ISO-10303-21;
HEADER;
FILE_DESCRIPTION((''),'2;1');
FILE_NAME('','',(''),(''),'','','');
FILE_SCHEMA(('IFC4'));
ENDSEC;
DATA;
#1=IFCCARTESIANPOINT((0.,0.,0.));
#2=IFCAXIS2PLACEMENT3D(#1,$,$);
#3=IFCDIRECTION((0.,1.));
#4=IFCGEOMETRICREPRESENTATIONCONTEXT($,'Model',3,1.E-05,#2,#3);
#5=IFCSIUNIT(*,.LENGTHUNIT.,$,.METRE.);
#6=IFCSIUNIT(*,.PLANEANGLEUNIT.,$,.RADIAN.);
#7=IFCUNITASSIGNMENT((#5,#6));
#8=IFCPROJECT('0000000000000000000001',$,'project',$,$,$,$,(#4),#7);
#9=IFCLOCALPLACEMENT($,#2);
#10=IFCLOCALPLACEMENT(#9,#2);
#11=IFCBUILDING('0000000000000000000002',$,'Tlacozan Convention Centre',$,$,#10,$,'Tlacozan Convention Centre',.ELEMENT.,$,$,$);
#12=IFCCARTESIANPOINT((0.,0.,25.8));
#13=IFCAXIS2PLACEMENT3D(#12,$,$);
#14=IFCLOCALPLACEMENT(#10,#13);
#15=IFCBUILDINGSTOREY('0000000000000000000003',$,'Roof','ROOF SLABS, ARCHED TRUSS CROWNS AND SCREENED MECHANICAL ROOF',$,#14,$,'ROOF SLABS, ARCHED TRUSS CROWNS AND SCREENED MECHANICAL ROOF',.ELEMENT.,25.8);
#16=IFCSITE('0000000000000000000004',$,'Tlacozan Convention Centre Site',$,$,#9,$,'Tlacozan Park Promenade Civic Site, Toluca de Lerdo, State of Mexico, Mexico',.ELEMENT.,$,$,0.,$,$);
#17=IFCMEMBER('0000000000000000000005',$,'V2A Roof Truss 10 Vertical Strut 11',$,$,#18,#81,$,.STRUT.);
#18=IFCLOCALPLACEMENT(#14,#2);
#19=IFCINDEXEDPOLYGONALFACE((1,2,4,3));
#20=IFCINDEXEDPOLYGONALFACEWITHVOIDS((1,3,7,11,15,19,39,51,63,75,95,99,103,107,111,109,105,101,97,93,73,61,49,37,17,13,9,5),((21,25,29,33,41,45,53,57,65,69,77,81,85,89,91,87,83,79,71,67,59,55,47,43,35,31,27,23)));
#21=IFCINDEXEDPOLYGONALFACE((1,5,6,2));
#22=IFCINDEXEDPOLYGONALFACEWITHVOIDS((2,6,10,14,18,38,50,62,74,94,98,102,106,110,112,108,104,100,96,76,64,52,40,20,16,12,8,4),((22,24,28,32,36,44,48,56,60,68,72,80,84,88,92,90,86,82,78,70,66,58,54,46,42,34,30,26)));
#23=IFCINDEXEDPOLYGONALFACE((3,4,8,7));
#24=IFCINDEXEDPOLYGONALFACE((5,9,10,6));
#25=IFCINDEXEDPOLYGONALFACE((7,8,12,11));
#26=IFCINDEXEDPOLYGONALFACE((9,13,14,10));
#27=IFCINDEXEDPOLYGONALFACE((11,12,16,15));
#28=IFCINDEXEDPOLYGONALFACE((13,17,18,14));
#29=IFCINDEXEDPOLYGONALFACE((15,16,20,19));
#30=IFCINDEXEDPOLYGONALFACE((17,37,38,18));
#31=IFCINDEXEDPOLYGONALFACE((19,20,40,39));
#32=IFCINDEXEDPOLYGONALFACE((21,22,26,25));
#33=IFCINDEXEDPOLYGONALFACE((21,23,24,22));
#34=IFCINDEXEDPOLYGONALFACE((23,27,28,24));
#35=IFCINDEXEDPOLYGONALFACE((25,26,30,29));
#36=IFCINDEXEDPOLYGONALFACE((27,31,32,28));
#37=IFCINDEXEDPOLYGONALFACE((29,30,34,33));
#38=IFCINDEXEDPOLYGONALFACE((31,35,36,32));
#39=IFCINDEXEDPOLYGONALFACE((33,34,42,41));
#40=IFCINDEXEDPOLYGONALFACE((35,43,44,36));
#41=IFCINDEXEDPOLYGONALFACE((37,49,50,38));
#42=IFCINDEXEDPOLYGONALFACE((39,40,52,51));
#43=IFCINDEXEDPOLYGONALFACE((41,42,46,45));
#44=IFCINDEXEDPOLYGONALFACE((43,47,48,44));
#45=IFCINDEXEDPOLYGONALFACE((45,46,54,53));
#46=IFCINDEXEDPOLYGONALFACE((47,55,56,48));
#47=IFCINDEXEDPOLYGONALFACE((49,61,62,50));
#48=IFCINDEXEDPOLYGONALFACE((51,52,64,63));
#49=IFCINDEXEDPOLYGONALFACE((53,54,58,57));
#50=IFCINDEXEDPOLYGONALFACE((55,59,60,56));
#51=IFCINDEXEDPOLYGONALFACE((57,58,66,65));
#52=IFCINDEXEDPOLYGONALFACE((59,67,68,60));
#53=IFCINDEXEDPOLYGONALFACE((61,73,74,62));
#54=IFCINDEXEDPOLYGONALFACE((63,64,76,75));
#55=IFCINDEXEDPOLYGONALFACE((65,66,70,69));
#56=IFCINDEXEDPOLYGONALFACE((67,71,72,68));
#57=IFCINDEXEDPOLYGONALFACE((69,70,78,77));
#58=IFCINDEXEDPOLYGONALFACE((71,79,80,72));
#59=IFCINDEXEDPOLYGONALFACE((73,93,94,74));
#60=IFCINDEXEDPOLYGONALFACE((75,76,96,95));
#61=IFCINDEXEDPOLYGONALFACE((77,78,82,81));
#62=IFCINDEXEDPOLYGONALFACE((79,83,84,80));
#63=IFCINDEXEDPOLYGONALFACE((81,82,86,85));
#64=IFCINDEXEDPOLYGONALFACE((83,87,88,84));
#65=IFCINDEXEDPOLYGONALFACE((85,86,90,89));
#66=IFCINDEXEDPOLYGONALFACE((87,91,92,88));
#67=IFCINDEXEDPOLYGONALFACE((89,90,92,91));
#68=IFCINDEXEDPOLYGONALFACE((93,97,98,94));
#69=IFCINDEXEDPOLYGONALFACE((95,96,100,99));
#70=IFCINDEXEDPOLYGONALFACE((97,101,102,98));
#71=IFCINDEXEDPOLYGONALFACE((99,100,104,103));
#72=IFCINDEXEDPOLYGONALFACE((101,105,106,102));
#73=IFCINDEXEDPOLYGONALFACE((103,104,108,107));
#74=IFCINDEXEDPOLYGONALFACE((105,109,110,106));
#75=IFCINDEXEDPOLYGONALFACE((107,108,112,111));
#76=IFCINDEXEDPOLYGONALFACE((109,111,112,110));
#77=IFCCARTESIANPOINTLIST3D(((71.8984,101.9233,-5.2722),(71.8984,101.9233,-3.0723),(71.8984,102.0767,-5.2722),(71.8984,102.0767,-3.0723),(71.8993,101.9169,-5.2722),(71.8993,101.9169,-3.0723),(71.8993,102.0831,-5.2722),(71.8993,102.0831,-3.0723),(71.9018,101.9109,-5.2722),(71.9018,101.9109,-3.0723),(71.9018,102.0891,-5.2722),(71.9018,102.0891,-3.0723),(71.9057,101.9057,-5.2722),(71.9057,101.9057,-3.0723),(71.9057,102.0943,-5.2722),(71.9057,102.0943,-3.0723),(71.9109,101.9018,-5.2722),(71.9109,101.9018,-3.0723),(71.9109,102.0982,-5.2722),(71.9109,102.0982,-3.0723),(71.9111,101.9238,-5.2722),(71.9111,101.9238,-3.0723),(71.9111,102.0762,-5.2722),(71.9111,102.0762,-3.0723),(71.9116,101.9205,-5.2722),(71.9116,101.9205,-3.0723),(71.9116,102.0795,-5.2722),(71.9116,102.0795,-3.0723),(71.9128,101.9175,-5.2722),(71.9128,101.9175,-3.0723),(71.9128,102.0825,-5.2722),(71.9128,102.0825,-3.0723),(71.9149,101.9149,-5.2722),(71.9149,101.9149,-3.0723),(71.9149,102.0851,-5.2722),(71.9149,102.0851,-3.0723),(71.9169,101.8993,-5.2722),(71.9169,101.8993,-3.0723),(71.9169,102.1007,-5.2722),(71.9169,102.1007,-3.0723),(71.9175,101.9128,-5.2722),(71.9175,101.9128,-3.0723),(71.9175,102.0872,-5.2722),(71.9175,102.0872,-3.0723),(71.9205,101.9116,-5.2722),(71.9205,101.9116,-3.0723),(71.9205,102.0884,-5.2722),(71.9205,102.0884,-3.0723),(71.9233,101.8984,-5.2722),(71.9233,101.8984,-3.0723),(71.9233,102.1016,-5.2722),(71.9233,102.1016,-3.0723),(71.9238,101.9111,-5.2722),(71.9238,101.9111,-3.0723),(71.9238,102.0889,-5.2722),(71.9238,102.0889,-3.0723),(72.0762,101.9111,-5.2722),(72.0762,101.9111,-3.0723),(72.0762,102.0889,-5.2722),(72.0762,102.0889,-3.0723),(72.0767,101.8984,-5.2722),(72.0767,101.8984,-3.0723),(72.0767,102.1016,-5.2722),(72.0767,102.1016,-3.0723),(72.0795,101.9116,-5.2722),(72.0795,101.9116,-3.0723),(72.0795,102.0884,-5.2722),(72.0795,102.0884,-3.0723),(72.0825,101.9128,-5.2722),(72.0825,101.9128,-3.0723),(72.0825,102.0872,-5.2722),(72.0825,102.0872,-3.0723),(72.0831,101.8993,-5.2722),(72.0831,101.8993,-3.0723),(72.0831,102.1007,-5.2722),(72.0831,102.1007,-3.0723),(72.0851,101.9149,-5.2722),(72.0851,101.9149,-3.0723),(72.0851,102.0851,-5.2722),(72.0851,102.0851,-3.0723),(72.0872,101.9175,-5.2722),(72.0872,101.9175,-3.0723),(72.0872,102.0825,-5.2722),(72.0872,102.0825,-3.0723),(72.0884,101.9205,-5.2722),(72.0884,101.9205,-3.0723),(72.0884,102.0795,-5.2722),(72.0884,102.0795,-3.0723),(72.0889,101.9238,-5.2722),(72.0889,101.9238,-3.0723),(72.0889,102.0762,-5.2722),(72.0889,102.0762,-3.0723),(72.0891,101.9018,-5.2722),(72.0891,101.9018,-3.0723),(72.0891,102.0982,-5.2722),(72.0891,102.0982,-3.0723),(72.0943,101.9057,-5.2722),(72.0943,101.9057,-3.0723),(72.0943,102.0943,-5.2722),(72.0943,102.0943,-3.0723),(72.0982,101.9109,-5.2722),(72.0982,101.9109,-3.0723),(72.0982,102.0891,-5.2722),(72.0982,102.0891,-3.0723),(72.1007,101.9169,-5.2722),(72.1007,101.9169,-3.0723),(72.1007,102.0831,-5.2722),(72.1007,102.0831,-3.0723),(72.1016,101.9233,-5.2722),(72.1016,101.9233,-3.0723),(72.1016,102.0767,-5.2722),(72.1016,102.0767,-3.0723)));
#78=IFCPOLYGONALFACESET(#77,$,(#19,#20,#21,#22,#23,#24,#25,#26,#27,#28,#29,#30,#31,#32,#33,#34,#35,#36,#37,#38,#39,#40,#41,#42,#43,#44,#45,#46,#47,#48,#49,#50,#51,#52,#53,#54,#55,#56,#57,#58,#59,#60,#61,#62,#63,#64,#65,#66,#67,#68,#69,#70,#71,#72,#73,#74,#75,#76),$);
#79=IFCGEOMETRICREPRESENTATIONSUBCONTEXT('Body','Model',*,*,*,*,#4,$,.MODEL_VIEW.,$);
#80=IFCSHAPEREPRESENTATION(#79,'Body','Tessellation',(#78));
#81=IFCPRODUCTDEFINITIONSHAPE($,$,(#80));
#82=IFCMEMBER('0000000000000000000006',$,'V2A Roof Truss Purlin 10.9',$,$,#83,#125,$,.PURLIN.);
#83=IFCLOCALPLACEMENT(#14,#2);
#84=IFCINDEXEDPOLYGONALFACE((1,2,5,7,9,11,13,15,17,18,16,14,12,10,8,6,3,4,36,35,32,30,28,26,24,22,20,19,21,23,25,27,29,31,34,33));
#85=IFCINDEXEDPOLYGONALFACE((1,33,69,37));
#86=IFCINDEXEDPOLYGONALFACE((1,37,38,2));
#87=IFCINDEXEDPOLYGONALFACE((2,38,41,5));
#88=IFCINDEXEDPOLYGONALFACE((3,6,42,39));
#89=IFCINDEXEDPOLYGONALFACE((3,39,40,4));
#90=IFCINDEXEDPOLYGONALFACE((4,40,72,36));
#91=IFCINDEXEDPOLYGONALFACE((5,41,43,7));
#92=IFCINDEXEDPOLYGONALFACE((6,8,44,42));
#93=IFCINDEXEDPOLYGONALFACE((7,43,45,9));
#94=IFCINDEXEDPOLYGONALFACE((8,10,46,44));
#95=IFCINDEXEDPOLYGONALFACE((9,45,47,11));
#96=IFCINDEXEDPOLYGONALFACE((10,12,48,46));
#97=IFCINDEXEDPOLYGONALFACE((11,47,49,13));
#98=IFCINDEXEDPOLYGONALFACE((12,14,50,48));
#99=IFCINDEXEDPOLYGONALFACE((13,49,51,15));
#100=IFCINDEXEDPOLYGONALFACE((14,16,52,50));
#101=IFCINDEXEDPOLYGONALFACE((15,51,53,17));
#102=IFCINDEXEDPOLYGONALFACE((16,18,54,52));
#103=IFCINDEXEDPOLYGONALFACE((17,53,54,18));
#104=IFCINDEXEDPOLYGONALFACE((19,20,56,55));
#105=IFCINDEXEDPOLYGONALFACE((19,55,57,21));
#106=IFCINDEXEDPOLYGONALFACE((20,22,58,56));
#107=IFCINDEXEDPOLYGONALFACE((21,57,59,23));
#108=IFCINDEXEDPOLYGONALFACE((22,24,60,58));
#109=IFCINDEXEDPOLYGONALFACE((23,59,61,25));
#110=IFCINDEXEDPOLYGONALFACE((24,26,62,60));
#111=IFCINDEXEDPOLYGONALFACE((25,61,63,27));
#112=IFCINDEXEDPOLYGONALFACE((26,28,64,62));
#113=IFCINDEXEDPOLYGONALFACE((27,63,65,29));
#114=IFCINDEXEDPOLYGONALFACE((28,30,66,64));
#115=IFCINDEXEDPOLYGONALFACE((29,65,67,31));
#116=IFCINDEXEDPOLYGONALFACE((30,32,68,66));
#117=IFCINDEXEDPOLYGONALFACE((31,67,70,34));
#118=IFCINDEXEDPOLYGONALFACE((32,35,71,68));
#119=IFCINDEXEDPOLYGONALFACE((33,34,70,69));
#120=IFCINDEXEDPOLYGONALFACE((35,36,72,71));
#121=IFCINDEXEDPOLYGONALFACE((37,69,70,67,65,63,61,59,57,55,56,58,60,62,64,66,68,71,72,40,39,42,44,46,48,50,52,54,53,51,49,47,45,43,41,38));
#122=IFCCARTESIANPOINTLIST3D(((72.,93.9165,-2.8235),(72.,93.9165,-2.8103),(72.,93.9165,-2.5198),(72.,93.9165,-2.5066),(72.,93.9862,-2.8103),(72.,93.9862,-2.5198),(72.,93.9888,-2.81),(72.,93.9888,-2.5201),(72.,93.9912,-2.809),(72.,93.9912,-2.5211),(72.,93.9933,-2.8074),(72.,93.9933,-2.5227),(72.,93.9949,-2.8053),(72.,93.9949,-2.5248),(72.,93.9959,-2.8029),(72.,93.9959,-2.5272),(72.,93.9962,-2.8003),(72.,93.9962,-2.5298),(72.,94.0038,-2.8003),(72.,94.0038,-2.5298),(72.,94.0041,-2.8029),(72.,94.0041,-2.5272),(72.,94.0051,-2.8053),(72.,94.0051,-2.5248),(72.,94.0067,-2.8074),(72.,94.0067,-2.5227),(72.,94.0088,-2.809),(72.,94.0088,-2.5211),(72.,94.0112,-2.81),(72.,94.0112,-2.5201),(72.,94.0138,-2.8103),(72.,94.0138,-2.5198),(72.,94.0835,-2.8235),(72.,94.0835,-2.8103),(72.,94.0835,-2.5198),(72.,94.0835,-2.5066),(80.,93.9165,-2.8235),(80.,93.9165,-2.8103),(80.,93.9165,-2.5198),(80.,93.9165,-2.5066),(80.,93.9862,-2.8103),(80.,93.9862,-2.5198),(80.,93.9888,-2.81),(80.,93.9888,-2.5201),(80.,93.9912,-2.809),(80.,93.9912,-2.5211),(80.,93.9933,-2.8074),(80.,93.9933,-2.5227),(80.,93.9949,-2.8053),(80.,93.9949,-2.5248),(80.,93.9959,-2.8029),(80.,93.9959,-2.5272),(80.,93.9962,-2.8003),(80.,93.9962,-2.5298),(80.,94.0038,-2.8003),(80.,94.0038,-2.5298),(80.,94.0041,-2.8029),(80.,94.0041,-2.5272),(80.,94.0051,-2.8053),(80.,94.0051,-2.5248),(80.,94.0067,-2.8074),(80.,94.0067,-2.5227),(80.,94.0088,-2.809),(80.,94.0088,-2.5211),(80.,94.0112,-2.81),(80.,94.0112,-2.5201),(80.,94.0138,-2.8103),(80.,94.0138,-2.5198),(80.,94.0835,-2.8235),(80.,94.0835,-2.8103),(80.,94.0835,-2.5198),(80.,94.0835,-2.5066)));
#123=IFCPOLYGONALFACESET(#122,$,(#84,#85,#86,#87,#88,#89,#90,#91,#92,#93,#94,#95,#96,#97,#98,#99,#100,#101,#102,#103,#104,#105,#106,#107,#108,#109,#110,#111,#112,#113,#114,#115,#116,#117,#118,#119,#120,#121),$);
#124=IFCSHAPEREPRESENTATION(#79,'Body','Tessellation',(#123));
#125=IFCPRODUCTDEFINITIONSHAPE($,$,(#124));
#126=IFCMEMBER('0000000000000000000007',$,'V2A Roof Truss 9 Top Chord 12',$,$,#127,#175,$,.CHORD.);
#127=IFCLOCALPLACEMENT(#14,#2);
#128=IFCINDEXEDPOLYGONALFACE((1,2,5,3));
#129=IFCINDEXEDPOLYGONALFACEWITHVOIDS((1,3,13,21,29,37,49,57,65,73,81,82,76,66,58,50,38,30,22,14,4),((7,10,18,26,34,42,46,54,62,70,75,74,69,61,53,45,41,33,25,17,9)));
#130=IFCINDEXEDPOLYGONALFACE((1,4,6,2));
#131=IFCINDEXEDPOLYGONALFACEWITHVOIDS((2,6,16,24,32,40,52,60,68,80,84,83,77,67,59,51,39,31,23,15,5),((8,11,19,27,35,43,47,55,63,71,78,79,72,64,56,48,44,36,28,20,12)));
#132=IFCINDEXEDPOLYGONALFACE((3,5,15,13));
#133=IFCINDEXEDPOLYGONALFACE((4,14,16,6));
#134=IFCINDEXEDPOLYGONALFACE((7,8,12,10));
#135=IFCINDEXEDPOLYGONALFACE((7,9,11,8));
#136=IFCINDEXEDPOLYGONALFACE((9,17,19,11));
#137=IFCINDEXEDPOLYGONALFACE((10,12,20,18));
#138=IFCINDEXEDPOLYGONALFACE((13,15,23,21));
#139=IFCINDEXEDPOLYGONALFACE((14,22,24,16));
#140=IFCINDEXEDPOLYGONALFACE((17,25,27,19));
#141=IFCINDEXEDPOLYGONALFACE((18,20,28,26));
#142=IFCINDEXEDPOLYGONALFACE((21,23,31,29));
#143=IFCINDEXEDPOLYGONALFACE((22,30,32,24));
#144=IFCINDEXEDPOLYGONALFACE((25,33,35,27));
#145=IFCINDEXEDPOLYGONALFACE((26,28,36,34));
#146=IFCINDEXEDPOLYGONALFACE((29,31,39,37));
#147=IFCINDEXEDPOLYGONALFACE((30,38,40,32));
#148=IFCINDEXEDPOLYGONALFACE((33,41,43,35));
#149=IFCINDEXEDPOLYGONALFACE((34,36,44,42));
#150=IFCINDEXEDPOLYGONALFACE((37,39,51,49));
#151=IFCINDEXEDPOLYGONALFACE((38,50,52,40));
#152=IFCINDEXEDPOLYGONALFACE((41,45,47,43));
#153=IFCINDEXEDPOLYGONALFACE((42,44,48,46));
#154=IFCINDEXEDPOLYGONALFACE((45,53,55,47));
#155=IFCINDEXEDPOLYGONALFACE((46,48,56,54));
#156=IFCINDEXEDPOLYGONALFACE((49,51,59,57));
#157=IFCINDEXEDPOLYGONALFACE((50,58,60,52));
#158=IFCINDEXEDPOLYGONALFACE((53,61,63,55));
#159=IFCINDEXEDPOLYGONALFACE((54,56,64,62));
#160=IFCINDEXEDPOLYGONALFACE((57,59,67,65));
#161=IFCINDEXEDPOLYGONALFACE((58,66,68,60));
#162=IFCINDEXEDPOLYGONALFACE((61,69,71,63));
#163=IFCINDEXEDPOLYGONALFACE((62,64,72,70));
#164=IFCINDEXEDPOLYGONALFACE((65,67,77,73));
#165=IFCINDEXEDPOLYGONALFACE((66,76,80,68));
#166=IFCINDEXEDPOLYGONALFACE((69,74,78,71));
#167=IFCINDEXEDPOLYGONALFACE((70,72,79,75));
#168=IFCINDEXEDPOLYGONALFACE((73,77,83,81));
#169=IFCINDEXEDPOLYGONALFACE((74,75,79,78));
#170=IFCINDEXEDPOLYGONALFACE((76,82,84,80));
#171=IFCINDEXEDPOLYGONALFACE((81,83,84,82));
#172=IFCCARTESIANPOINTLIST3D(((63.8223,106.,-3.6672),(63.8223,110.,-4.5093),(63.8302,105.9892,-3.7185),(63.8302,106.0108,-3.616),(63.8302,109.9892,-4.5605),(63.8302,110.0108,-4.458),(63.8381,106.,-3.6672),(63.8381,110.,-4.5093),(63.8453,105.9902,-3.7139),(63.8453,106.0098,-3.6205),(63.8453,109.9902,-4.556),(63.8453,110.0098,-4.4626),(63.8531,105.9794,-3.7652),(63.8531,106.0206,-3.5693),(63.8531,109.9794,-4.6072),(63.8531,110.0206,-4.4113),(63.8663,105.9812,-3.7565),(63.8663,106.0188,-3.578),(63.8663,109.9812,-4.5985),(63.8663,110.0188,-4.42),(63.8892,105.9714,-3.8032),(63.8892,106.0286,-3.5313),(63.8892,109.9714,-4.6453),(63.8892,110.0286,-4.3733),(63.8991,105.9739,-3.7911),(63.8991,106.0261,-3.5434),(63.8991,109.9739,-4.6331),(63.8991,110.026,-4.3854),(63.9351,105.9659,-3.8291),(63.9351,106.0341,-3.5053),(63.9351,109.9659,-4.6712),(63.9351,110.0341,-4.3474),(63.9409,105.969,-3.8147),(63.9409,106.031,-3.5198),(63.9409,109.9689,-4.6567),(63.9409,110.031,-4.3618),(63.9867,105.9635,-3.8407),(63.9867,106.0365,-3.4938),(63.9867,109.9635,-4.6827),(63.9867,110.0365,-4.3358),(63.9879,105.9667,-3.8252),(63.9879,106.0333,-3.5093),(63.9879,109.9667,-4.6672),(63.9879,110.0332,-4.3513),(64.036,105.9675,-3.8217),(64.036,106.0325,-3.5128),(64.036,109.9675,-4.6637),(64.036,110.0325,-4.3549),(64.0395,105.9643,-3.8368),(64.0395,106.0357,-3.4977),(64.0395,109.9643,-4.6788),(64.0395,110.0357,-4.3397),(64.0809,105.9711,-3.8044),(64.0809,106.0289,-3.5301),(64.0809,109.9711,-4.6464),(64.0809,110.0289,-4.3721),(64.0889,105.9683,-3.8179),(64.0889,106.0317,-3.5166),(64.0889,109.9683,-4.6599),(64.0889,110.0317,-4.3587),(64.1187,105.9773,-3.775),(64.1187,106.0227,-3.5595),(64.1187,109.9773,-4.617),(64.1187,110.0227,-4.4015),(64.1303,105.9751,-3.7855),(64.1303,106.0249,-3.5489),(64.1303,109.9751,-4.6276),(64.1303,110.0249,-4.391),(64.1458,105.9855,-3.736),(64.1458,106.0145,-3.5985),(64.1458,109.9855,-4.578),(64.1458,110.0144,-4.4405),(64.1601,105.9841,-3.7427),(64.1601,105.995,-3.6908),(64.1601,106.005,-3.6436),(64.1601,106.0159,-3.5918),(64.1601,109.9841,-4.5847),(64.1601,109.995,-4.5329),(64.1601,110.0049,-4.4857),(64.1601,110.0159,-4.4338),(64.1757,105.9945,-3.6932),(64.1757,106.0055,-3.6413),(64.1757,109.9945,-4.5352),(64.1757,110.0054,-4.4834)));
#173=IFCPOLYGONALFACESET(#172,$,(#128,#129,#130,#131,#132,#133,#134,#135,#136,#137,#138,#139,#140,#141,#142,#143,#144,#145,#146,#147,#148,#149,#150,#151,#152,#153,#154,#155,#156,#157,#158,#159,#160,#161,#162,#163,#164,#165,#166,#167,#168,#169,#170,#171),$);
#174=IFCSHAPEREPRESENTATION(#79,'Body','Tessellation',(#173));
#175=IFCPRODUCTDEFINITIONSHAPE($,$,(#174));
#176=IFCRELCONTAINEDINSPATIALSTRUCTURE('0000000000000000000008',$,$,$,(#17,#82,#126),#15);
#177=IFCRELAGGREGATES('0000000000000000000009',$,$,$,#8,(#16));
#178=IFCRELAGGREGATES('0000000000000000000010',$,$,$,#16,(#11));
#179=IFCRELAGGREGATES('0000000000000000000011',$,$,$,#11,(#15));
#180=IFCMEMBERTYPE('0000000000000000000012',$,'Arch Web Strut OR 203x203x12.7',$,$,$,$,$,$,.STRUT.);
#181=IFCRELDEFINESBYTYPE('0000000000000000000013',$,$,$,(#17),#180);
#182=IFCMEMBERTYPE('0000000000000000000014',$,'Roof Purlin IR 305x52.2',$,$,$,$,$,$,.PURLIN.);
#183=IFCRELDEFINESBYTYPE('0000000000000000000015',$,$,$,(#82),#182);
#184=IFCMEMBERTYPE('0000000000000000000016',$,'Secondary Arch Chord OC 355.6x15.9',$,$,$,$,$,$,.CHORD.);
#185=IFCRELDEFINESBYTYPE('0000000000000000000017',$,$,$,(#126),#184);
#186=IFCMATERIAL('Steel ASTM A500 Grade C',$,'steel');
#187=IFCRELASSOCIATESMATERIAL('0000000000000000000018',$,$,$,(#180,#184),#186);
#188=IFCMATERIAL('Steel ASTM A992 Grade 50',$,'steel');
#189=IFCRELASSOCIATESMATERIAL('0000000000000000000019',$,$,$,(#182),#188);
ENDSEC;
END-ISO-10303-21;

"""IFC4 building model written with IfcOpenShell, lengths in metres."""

from ifc_helpers import new_model, si_unit, direction, frame, origin, origin_2d, place, context, subcontext, project, spatial, hollow_rectangle, hollow_circle, i_section, extrude, material, material_profile, profile_set, type_object, element, save


model = new_model("IFC4")

# Units and contexts
model_context = context("Model", 3, precision=1e-05, world=origin(), true_north=direction((0.0, 1.0)))
body_context = subcontext(model_context, "Body", "Model", "MODEL_VIEW")
ifc_project = project(units=[si_unit("LENGTHUNIT", "METRE"), si_unit("PLANEANGLEUNIT", "RADIAN")], contexts=[model_context])

# Site, building, storey
site_placement = place(None, origin())
site = spatial("IfcSite", under=ifc_project, at=site_placement, Name="Tlacozan Convention Centre Site", LongName="Tlacozan Park Promenade Civic Site, Toluca de Lerdo, State of Mexico, Mexico", CompositionType="ELEMENT", RefElevation=0.0)
building_placement = place(site_placement, origin())
building = spatial("IfcBuilding", under=site, at=building_placement, Name="Tlacozan Convention Centre", LongName="Tlacozan Convention Centre", CompositionType="ELEMENT")
storey_placement = place(building_placement, frame((0.0, 0.0, 25.8)))
storey = spatial("IfcBuildingStorey", under=building, at=storey_placement, Name="Roof", Description="ROOF SLABS, ARCHED TRUSS CROWNS AND SCREENED MECHANICAL ROOF", LongName="ROOF SLABS, ARCHED TRUSS CROWNS AND SCREENED MECHANICAL ROOF", CompositionType="ELEMENT", Elevation=25.8)

# Members
ifc_material_1 = material(Name="Steel ASTM A500 Grade C", Category="steel")
ifc_material_profile_1 = material_profile(ifc_material_1, hollow_rectangle(XDim=0.2031, YDim=0.2031, WallThickness=0.0127, InnerFilletRadius=0.0127, OuterFilletRadius=0.0249, at=origin_2d()), Name="OR 203x203x12.7")
ifc_profile_set_1 = profile_set([ifc_material_profile_1], Name="Steel ASTM A500 Grade C")
member_type_1 = type_object("IfcMemberType", Name="Arch Web Strut OR 203x203x12.7", PredefinedType="STRUT", material=ifc_profile_set_1)
for number, where, z_axis, x_axis, name in (
    (1, (72.0, 102.0, -5.2722), (0.0, 0.0, 1.0), (1.0, 0.0, 0.0), "V2A Roof Truss 10 Vertical Strut 11"),
):
    element("IfcMember", number, at=place(storey_placement, frame(where, z_axis=z_axis, x_axis=x_axis)), inside=storey, type_object=member_type_1, Name=name, PredefinedType="STRUT", context=body_context, shape_type="SweptSolid", body=[
        extrude(hollow_rectangle(XDim=0.2031, YDim=0.2031, WallThickness=0.0127, InnerFilletRadius=0.0127, OuterFilletRadius=0.0249, at=origin_2d()), origin(), (0.0, 0.0, 1.0), 2.2),
    ])
ifc_material_2 = material(Name="Steel ASTM A992 Grade 50", Category="steel")
ifc_material_profile_2 = material_profile(ifc_material_2, i_section(OverallWidth=0.167, OverallDepth=0.3169, WebThickness=0.0076, FlangeThickness=0.0132, FilletRadius=0.01, at=origin_2d()), Name="IR 305x52.2")
ifc_profile_set_2 = profile_set([ifc_material_profile_2], Name="Steel ASTM A992 Grade 50")
member_type_2 = type_object("IfcMemberType", Name="Roof Purlin IR 305x52.2", PredefinedType="PURLIN", material=ifc_profile_set_2)
member_1_placement = place(storey_placement, frame((72.0, 94.0, -2.665), z_axis=(1.0, 0.0, 0.0), x_axis=(0.0, 1.0, 0.0)))
element("IfcMember", 2, at=member_1_placement, inside=storey, type_object=member_type_2, Name="V2A Roof Truss Purlin 10.9", PredefinedType="PURLIN", context=body_context, shape_type="SweptSolid", body=[
    extrude(i_section(OverallWidth=0.167, OverallDepth=0.3169, WebThickness=0.0076, FlangeThickness=0.0132, FilletRadius=0.01, at=origin_2d()), origin(), (0.0, 0.0, 1.0), 8.0),
])
ifc_material_profile_3 = material_profile(ifc_material_1, hollow_circle(Radius=0.1777, WallThickness=0.0159, at=origin_2d()), Name="OC 355.6x15.9")
ifc_profile_set_3 = profile_set([ifc_material_profile_3], Name="Steel ASTM A500 Grade C")
member_type_3 = type_object("IfcMemberType", Name="Secondary Arch Chord OC 355.6x15.9", PredefinedType="CHORD", material=ifc_profile_set_3)
member_2_placement = place(storey_placement, frame((64.0, 106.0, -3.6672), z_axis=(0.0, 0.978553, -0.205995), x_axis=(-1.0, 0.0, 0.0)))
element("IfcMember", 3, at=member_2_placement, inside=storey, type_object=member_type_3, Name="V2A Roof Truss 9 Top Chord 12", PredefinedType="CHORD", context=body_context, shape_type="SweptSolid", body=[
    extrude(hollow_circle(Radius=0.1777, WallThickness=0.0159, at=origin_2d()), origin(), (0.0, 0.0, 1.0), 4.0876),
])

save(model, "model.ifc")
